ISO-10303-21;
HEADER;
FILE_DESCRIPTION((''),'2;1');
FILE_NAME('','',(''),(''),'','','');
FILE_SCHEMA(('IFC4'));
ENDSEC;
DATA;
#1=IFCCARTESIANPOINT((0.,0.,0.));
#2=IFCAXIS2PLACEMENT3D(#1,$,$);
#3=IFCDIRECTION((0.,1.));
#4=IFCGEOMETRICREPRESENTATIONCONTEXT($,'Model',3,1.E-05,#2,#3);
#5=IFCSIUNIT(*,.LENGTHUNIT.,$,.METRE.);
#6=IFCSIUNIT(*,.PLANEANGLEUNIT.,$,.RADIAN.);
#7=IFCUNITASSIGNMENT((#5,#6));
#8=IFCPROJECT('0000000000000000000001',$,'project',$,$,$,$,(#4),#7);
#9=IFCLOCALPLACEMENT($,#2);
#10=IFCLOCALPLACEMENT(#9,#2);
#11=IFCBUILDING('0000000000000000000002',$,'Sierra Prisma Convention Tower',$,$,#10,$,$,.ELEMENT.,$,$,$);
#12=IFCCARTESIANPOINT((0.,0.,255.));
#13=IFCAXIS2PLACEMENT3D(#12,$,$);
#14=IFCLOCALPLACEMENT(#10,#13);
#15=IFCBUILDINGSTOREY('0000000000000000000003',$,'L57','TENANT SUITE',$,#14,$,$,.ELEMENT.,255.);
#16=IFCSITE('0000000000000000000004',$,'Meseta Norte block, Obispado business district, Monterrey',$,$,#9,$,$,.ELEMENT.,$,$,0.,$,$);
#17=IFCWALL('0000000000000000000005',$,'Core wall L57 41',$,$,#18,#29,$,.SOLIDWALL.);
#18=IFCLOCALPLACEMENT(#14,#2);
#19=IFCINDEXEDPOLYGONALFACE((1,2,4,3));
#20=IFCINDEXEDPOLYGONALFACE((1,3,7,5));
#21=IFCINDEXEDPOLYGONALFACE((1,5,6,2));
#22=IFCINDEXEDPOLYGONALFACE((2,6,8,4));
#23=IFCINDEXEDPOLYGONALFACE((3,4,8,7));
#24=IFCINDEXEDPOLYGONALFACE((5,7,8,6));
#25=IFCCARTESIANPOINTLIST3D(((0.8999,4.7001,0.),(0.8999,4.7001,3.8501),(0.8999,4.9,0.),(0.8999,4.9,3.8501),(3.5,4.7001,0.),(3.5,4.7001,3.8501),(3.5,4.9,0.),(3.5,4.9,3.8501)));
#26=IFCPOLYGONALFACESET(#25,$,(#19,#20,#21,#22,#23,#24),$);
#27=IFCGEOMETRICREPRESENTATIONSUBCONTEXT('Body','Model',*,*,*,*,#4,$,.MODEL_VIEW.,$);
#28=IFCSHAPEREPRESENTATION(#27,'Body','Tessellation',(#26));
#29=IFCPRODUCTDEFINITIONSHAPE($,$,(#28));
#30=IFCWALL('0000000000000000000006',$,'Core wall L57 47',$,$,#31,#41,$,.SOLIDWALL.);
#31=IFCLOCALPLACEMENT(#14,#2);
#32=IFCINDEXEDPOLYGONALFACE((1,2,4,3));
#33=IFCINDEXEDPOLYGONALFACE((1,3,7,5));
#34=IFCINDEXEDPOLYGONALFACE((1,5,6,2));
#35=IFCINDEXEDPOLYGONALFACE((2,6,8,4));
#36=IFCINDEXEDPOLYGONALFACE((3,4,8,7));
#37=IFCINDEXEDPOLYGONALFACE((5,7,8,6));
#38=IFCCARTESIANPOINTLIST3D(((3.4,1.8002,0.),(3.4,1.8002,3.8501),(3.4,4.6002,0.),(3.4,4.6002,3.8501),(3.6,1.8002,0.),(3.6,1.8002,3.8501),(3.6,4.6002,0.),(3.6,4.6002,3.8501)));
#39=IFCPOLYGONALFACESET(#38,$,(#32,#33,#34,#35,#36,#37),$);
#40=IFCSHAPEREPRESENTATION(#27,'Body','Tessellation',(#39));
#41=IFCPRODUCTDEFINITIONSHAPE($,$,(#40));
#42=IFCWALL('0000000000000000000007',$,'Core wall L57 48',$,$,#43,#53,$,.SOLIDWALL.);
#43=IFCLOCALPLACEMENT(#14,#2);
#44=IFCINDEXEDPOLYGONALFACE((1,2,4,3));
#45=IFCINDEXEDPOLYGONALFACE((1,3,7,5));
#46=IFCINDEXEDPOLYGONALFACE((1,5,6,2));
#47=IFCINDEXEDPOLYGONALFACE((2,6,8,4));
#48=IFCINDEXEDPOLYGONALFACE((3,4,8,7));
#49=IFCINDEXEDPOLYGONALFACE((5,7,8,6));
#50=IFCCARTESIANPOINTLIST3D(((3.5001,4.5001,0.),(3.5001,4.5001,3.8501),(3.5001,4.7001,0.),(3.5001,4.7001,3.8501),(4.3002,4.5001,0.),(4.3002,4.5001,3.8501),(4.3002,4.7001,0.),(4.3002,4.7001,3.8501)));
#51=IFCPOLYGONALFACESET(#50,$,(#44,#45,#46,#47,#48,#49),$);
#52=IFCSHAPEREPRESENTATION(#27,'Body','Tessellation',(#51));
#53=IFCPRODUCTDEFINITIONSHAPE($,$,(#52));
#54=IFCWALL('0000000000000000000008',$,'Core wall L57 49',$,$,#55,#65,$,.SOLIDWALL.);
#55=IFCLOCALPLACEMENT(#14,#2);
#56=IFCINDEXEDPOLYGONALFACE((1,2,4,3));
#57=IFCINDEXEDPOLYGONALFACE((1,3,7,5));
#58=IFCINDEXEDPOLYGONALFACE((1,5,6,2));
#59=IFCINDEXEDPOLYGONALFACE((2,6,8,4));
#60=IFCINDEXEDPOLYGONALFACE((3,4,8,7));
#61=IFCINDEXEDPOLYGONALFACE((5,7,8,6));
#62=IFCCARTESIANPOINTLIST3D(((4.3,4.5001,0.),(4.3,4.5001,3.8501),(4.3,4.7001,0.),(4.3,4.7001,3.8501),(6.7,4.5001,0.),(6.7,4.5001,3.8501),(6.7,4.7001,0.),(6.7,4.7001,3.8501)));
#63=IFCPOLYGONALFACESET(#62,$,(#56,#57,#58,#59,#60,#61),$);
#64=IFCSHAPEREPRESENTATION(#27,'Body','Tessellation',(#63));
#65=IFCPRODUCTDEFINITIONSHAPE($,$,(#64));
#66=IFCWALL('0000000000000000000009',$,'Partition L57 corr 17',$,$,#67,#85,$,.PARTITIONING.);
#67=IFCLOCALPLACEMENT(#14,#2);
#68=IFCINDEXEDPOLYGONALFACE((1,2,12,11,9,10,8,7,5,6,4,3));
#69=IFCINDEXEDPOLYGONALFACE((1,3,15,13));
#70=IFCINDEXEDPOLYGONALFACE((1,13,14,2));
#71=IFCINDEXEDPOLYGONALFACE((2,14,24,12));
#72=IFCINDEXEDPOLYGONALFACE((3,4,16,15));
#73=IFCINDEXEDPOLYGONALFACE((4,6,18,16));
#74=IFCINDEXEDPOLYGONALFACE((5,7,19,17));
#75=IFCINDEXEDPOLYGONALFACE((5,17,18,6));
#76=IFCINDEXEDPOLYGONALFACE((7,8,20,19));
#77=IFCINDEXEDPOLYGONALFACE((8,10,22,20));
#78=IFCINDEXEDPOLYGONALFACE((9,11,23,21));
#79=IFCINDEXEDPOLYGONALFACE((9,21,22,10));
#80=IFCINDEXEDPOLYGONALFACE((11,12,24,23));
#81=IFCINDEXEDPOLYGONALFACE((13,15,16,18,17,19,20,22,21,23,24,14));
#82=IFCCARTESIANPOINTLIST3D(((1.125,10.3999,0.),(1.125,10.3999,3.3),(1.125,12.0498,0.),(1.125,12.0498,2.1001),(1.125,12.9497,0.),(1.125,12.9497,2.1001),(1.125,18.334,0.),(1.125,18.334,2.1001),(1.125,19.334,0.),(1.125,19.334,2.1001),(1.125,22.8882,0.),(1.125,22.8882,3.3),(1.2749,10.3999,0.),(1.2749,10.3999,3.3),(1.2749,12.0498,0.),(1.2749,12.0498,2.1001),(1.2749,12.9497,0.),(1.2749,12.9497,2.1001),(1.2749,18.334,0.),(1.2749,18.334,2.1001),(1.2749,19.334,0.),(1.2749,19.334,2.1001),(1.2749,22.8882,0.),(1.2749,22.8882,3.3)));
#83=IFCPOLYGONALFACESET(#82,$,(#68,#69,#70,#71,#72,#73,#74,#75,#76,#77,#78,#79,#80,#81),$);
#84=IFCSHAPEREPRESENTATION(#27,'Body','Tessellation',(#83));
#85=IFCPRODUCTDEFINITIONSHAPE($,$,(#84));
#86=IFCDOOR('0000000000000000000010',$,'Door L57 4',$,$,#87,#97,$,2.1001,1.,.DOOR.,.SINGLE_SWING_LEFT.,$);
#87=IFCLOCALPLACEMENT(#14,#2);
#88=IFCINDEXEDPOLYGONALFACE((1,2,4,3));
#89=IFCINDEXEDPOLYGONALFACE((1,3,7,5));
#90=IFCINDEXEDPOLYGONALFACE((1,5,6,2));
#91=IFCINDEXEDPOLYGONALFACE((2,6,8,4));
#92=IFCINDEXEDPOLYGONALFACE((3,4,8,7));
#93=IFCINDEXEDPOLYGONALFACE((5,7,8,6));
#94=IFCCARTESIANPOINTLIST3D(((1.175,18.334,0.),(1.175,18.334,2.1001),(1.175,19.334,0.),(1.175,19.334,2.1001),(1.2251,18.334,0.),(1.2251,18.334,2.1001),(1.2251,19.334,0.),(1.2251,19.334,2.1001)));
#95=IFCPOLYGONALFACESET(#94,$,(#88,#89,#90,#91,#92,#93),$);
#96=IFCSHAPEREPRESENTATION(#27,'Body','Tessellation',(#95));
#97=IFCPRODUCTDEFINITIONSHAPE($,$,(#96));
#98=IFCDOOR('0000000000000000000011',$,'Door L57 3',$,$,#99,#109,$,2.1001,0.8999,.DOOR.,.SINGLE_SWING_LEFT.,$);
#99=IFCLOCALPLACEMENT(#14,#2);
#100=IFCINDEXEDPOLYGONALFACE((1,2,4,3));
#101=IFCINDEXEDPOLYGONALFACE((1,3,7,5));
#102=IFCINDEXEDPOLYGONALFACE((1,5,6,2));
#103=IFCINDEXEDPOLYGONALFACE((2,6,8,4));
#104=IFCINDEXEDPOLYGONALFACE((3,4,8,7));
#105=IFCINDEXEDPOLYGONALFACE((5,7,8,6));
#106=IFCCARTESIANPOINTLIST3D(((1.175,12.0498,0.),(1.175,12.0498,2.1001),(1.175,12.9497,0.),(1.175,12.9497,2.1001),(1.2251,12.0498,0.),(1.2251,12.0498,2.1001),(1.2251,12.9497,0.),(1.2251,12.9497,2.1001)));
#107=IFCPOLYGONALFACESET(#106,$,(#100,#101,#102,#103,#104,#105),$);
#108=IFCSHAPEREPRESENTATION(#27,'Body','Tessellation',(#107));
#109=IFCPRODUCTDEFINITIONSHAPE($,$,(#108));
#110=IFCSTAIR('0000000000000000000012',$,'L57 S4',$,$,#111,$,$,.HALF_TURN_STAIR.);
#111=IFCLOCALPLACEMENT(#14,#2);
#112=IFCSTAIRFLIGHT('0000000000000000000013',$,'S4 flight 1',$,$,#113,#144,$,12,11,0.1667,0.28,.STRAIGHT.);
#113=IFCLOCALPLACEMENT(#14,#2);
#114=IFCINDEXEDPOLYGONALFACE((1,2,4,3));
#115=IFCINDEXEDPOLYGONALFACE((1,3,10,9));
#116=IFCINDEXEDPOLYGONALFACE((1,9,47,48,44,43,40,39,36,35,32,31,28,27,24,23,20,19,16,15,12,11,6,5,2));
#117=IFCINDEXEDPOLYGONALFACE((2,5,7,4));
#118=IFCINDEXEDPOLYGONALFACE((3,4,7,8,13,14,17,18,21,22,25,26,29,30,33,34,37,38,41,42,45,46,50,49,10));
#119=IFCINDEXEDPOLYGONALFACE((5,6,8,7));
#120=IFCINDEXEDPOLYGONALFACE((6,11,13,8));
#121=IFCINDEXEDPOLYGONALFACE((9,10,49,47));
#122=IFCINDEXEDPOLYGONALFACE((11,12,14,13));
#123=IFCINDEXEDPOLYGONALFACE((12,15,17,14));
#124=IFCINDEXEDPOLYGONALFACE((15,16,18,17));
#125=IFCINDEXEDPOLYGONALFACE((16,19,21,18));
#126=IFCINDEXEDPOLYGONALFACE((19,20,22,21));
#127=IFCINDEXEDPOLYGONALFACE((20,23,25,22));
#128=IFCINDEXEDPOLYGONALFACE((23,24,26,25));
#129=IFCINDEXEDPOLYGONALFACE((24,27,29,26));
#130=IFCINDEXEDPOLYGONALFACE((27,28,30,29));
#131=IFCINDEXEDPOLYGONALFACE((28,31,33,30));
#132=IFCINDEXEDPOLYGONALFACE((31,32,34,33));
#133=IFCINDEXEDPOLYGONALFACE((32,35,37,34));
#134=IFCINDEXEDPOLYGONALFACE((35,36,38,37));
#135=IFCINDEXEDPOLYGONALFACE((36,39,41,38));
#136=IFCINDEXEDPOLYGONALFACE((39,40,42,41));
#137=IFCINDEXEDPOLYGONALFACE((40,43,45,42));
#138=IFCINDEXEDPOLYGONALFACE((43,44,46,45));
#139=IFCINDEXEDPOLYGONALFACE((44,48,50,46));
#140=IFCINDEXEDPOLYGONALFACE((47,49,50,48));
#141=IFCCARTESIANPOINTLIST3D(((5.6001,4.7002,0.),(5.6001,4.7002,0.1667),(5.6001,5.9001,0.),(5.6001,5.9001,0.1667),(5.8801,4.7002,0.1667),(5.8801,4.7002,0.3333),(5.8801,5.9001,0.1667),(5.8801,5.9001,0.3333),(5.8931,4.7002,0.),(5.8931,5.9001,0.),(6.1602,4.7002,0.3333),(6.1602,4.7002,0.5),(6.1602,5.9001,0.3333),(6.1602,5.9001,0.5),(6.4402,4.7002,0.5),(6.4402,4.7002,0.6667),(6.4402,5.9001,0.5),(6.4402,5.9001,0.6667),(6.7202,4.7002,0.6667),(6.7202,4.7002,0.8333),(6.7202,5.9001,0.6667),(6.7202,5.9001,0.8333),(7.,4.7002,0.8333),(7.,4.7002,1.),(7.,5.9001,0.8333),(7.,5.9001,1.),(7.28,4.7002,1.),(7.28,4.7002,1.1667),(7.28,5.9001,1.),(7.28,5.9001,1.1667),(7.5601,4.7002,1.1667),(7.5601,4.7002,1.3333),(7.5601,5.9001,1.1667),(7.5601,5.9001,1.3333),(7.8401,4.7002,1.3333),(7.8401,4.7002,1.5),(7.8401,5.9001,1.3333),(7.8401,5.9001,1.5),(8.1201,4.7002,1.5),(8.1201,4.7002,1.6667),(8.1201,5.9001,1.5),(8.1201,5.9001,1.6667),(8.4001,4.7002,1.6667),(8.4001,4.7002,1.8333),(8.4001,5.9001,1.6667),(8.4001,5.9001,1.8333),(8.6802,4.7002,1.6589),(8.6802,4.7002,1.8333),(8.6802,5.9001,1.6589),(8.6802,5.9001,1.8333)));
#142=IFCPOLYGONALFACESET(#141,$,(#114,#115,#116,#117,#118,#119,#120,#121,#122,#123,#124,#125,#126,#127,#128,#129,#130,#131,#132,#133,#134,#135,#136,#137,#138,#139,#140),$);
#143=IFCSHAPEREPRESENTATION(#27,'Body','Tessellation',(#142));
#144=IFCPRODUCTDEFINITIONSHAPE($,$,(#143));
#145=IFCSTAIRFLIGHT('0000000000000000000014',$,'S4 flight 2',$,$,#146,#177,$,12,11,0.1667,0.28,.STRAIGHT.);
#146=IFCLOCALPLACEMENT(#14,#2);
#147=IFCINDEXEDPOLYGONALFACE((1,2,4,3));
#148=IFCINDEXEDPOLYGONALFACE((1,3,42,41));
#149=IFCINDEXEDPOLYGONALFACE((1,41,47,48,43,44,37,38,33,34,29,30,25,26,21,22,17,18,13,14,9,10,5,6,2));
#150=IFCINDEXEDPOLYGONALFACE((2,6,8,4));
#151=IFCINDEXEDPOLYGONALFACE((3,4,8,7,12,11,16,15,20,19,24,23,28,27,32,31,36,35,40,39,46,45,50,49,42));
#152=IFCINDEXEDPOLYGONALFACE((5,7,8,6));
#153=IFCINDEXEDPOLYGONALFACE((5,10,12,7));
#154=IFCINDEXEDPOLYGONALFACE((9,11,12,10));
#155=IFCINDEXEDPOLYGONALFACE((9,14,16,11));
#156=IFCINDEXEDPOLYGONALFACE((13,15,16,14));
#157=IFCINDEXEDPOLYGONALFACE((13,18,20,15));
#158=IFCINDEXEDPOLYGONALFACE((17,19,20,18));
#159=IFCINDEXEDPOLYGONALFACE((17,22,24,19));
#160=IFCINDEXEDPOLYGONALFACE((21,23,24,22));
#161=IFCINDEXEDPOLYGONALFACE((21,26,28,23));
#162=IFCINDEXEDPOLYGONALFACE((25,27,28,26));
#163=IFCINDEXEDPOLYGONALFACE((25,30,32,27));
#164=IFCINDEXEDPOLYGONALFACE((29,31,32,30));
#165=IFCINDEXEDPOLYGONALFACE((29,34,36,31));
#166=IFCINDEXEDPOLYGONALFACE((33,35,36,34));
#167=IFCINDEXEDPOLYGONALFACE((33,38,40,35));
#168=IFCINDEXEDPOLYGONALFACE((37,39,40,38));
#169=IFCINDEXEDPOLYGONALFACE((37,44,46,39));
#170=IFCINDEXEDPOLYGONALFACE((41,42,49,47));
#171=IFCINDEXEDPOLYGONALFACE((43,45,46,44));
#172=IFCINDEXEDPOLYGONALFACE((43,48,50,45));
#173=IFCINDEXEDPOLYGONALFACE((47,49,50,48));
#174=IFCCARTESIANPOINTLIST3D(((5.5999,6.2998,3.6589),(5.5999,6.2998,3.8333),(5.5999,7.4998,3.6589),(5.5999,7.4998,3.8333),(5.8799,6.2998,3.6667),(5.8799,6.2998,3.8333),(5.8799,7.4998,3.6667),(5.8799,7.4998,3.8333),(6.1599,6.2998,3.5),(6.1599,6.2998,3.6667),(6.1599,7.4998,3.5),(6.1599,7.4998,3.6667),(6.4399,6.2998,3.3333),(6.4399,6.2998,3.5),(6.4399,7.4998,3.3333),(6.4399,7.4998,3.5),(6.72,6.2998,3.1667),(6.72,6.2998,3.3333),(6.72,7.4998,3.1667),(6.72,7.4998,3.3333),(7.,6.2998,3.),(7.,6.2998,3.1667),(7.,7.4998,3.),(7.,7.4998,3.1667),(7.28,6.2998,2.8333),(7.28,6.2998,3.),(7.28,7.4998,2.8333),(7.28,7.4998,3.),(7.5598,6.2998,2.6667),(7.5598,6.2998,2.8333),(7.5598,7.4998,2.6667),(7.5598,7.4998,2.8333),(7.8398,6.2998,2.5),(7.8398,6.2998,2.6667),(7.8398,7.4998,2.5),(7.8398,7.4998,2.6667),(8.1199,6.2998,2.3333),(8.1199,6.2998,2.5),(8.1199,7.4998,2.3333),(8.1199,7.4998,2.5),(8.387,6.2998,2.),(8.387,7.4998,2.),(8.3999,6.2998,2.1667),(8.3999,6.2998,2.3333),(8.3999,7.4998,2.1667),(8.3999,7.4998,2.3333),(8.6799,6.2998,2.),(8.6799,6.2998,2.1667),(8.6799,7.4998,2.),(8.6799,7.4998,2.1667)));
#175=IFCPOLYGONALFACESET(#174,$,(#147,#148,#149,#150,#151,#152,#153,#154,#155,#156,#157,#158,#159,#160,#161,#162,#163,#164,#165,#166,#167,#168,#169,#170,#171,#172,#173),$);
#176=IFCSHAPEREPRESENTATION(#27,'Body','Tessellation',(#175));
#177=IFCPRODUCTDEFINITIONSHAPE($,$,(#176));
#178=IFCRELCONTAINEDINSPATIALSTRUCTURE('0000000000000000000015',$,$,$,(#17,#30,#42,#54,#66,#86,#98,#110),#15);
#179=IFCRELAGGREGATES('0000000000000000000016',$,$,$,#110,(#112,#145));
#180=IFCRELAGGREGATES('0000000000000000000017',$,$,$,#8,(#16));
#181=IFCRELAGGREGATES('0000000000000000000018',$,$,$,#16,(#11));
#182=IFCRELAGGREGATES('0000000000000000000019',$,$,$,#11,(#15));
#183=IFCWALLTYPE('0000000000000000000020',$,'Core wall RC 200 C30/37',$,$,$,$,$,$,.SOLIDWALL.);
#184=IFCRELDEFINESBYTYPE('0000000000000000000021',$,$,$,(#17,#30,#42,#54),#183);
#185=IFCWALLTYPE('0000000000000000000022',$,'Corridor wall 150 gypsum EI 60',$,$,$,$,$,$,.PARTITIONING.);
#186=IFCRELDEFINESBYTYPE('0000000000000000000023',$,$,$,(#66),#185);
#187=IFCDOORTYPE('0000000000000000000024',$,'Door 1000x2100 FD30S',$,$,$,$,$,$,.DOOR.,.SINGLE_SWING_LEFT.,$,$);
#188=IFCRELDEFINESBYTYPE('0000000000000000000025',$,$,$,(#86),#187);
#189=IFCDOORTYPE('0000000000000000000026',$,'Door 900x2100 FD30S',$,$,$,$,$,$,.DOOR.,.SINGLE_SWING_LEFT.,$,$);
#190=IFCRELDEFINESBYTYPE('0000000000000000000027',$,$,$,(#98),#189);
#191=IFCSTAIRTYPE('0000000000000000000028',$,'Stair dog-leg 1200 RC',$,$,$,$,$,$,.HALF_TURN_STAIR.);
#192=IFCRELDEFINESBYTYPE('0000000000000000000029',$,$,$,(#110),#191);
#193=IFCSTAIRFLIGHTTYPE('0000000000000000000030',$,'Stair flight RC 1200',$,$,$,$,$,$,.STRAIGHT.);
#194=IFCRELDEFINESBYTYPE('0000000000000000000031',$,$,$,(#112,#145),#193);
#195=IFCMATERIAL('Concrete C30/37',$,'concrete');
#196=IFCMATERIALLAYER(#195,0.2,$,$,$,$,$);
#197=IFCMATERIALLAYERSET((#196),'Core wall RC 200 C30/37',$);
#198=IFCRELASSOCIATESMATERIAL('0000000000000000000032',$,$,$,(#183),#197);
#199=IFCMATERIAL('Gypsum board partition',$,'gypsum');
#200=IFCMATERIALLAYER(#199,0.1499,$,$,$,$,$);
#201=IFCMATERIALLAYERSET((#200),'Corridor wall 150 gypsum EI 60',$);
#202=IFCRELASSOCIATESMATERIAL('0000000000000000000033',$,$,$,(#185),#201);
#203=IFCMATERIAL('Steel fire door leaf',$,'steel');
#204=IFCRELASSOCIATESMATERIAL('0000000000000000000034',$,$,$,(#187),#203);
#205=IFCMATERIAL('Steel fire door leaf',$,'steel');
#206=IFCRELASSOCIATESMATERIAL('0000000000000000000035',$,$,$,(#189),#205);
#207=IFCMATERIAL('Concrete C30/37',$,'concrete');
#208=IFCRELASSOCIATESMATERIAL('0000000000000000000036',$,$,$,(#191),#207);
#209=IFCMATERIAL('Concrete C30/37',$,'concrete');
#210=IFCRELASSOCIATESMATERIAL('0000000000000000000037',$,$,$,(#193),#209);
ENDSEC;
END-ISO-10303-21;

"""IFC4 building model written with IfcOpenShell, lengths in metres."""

from ifc_helpers import new_model, si_unit, direction, frame, frame_2d, origin, place, context, subcontext, project, spatial, polyline, rectangle, outline, extrude, material, layer, layer_set, type_object, element, fill, aggregate, save


model = new_model("IFC4")

# Units and contexts
model_context = context("Model", 3, precision=1e-05, world=origin(), true_north=direction((0.0, 1.0)))
body_context = subcontext(model_context, "Body", "Model", "MODEL_VIEW")
ifc_project = project(units=[si_unit("LENGTHUNIT", "METRE"), si_unit("PLANEANGLEUNIT", "RADIAN")], contexts=[model_context])

# Site, building, storey
site_placement = place(None, origin())
site = spatial("IfcSite", under=ifc_project, at=site_placement, Name="Meseta Norte block, Obispado business district, Monterrey", CompositionType="ELEMENT", RefElevation=0.0)
building_placement = place(site_placement, origin())
building = spatial("IfcBuilding", under=site, at=building_placement, Name="Sierra Prisma Convention Tower", CompositionType="ELEMENT")
storey_placement = place(building_placement, frame((0.0, 0.0, 255.0)))
storey = spatial("IfcBuildingStorey", under=building, at=storey_placement, Name="L57", Description="TENANT SUITE", CompositionType="ELEMENT", Elevation=255.0)

# Wall
ifc_material_1 = material(Name="Concrete C30/37", Category="concrete")
ifc_layer_1 = layer(ifc_material_1, 0.2)
ifc_layer_set_1 = layer_set([ifc_layer_1], Name="Core wall RC 200 C30/37")
wall_type_1 = type_object("IfcWallType", Name="Core wall RC 200 C30/37", PredefinedType="SOLIDWALL", material=ifc_layer_set_1)
wall_1_placement = place(storey_placement, frame((3.5, 4.8, 0.0), z_axis=(0.0, 0.0, 1.0), x_axis=(-1.0, 0.0, 0.0)))
element("IfcWall", 1, at=wall_1_placement, inside=storey, type_object=wall_type_1, Name="Core wall L57 41", PredefinedType="SOLIDWALL", context=body_context, shape_type="SweptSolid", body=[
    extrude(rectangle(XDim=2.6001, YDim=0.2, at=frame_2d((1.3, 0.0))), origin(), (0.0, 0.0, 1.0), 3.8501),
])

# Walls
wall_2_placement = place(storey_placement, frame((3.5, 4.6001, 0.0), z_axis=(0.0, 0.0, 1.0), x_axis=(0.0, -1.0, 0.0)))
element("IfcWall", 2, at=wall_2_placement, inside=storey, type_object=wall_type_1, Name="Core wall L57 47", PredefinedType="SOLIDWALL", context=body_context, shape_type="SweptSolid", body=[
    extrude(rectangle(XDim=2.8, YDim=0.2, at=frame_2d((1.3999, 0.0))), origin(), (0.0, 0.0, 1.0), 3.8501),
])
wall_3_placement = place(storey_placement, frame((4.3, 4.6001, 0.0), z_axis=(0.0, 0.0, 1.0), x_axis=(-1.0, 0.0, 0.0)))
element("IfcWall", 3, at=wall_3_placement, inside=storey, type_object=wall_type_1, Name="Core wall L57 48", PredefinedType="SOLIDWALL", context=body_context, shape_type="SweptSolid", body=[
    extrude(rectangle(XDim=0.8, YDim=0.2, at=frame_2d((0.3999, 0.0))), origin(), (0.0, 0.0, 1.0), 3.8501),
])
wall_4_placement = place(storey_placement, frame((6.7, 4.6001, 0.0), z_axis=(0.0, 0.0, 1.0), x_axis=(-1.0, 0.0, 0.0)))
element("IfcWall", 4, at=wall_4_placement, inside=storey, type_object=wall_type_1, Name="Core wall L57 49", PredefinedType="SOLIDWALL", context=body_context, shape_type="SweptSolid", body=[
    extrude(rectangle(XDim=2.3999, YDim=0.2, at=frame_2d((1.2, 0.0))), origin(), (0.0, 0.0, 1.0), 3.8501),
])

# Wall, openings, doors
ifc_material_2 = material(Name="Gypsum board partition", Category="gypsum")
ifc_layer_2 = layer(ifc_material_2, 0.1499)
ifc_layer_set_2 = layer_set([ifc_layer_2], Name="Corridor wall 150 gypsum EI 60")
wall_type_2 = type_object("IfcWallType", Name="Corridor wall 150 gypsum EI 60", PredefinedType="PARTITIONING", material=ifc_layer_set_2)
wall_5_placement = place(storey_placement, frame((1.2, 10.3999, 0.0), z_axis=(0.0, 0.0, 1.0), x_axis=(0.0, 1.0, 0.0)))
wall_5 = element("IfcWall", 5, at=wall_5_placement, inside=storey, type_object=wall_type_2, Name="Partition L57 corr 17", PredefinedType="PARTITIONING", context=body_context, shape_type="SweptSolid", body=[
    extrude(rectangle(XDim=12.4883, YDim=0.1499, at=frame_2d((6.2441, 0.0))), origin(), (0.0, 0.0, 1.0), 3.3),
])
opening_1_placement = place(wall_5_placement, frame((1.6499, 0.0, 0.0)))
opening_1 = element("IfcOpeningElement", 6, at=opening_1_placement, cuts=wall_5, PredefinedType="OPENING", context=body_context, shape_type="SweptSolid", body=[
    extrude(rectangle(XDim=0.8999, YDim=2.1001, at=frame_2d((0.45, 1.05))), frame((0.0, 0.075, 0.0), z_axis=(0.0, -1.0, 0.0), x_axis=(1.0, 0.0, 0.0)), (0.0, 0.0, 1.0), 0.1499),
])
opening_2_placement = place(wall_5_placement, frame((7.9341, 0.0, 0.0)))
opening_2 = element("IfcOpeningElement", 7, at=opening_2_placement, cuts=wall_5, PredefinedType="OPENING", context=body_context, shape_type="SweptSolid", body=[
    extrude(rectangle(XDim=1.0, YDim=2.1001, at=frame_2d((0.5, 1.05))), frame((0.0, 0.075, 0.0), z_axis=(0.0, -1.0, 0.0), x_axis=(1.0, 0.0, 0.0)), (0.0, 0.0, 1.0), 0.1499),
])
ifc_material_3 = material(Name="Steel fire door leaf", Category="steel")
door_type_1 = type_object("IfcDoorType", Name="Door 1000x2100 FD30S", OperationType="SINGLE_SWING_LEFT", PredefinedType="DOOR", material=ifc_material_3)
door_1_placement = place(opening_2_placement, origin())
door_1 = element("IfcDoor", 8, at=door_1_placement, inside=storey, type_object=door_type_1, Name="Door L57 4", OperationType="SINGLE_SWING_LEFT", OverallHeight=2.1001, OverallWidth=1.0, PredefinedType="DOOR", context=body_context, shape_type="SweptSolid", body=[
    extrude(rectangle(XDim=1.0, YDim=2.1001, at=frame_2d((0.5, 1.05))), frame((0.0, 0.0249, 0.0), z_axis=(0.0, -1.0, 0.0), x_axis=(1.0, 0.0, 0.0)), (0.0, 0.0, 1.0), 0.05),
])
fill(opening_2, door_1)
ifc_material_4 = material(Name="Steel fire door leaf", Category="steel")
door_type_2 = type_object("IfcDoorType", Name="Door 900x2100 FD30S", OperationType="SINGLE_SWING_LEFT", PredefinedType="DOOR", material=ifc_material_4)
door_2_placement = place(opening_1_placement, origin())
door_2 = element("IfcDoor", 9, at=door_2_placement, inside=storey, type_object=door_type_2, Name="Door L57 3", OperationType="SINGLE_SWING_LEFT", OverallHeight=2.1001, OverallWidth=0.8999, PredefinedType="DOOR", context=body_context, shape_type="SweptSolid", body=[
    extrude(rectangle(XDim=0.8999, YDim=2.1001, at=frame_2d((0.45, 1.05))), frame((0.0, 0.0249, 0.0), z_axis=(0.0, -1.0, 0.0), x_axis=(1.0, 0.0, 0.0)), (0.0, 0.0, 1.0), 0.05),
])
fill(opening_1, door_2)

# Stair, stair flights
ifc_material_5 = material(Name="Concrete C30/37", Category="concrete")
stair_type = type_object("IfcStairType", Name="Stair dog-leg 1200 RC", PredefinedType="HALF_TURN_STAIR", material=ifc_material_5)
stair_placement = place(storey_placement, origin())
stair = element("IfcStair", 10, at=stair_placement, inside=storey, type_object=stair_type, Name="L57 S4", PredefinedType="HALF_TURN_STAIR")
ifc_material_6 = material(Name="Concrete C30/37", Category="concrete")
stair_flight_type = type_object("IfcStairFlightType", Name="Stair flight RC 1200", PredefinedType="STRAIGHT", material=ifc_material_6)
stair_flight_1_placement = place(storey_placement, frame((5.6001, 5.3, 0.0), z_axis=(0.0, 0.0, 1.0), x_axis=(1.0, 0.0, 0.0)))
stair_flight_1 = element("IfcStairFlight", 11, at=stair_flight_1_placement, type_object=stair_flight_type, Name="S4 flight 1", NumberOfRisers=12, NumberOfTreads=11, PredefinedType="STRAIGHT", RiserHeight=0.1667, TreadLength=0.28, context=body_context, shape_type="SweptSolid", body=[
    extrude(outline(polyline([(0.0, 0.0), (0.0, 0.1667), (0.28, 0.1667), (0.28, 0.3333), (0.5601, 0.3333), (0.5601, 0.5), (0.8401, 0.5), (0.8401, 0.6667), (1.1201, 0.6667), (1.1201, 0.8333), (1.3999, 0.8333), (1.3999, 1.0), (1.6799, 1.0), (1.6799, 1.1667), (1.96, 1.1667), (1.96, 1.3333), (2.24, 1.3333), (2.24, 1.5), (2.52, 1.5), (2.52, 1.6667), (2.8, 1.6667), (2.8, 1.8333), (3.0801, 1.8333), (3.0801, 2.0), (3.0801, 1.6589), (0.293, 0.0), (0.0, 0.0)])), frame((0.0, 0.6001, 0.0), z_axis=(0.0, -1.0, 0.0), x_axis=(1.0, 0.0, 0.0)), (0.0, 0.0, 1.0), 1.2),
])
stair_flight_2_placement = place(storey_placement, frame((8.6799, 6.8999, 2.0), z_axis=(0.0, 0.0, 1.0), x_axis=(-1.0, 0.0, 0.0)))
stair_flight_2 = element("IfcStairFlight", 12, at=stair_flight_2_placement, type_object=stair_flight_type, Name="S4 flight 2", NumberOfRisers=12, NumberOfTreads=11, PredefinedType="STRAIGHT", RiserHeight=0.1667, TreadLength=0.28, context=body_context, shape_type="SweptSolid", body=[
    extrude(outline(polyline([(0.0, 0.0), (0.0, 0.1667), (0.28, 0.1667), (0.28, 0.3333), (0.5601, 0.3333), (0.5601, 0.5), (0.8401, 0.5), (0.8401, 0.6667), (1.1201, 0.6667), (1.1201, 0.8333), (1.3999, 0.8333), (1.3999, 1.0), (1.6799, 1.0), (1.6799, 1.1667), (1.96, 1.1667), (1.96, 1.3333), (2.24, 1.3333), (2.24, 1.5), (2.52, 1.5), (2.52, 1.6667), (2.8, 1.6667), (2.8, 1.8333), (3.0801, 1.8333), (3.0801, 2.0), (3.0801, 1.6589), (0.293, 0.0), (0.0, 0.0)])), frame((0.0, 0.6001, 0.0), z_axis=(0.0, -1.0, 0.0), x_axis=(1.0, 0.0, 0.0)), (0.0, 0.0, 1.0), 1.2),
])
aggregate(stair, [stair_flight_1, stair_flight_2])

save(model, "model.ifc")
